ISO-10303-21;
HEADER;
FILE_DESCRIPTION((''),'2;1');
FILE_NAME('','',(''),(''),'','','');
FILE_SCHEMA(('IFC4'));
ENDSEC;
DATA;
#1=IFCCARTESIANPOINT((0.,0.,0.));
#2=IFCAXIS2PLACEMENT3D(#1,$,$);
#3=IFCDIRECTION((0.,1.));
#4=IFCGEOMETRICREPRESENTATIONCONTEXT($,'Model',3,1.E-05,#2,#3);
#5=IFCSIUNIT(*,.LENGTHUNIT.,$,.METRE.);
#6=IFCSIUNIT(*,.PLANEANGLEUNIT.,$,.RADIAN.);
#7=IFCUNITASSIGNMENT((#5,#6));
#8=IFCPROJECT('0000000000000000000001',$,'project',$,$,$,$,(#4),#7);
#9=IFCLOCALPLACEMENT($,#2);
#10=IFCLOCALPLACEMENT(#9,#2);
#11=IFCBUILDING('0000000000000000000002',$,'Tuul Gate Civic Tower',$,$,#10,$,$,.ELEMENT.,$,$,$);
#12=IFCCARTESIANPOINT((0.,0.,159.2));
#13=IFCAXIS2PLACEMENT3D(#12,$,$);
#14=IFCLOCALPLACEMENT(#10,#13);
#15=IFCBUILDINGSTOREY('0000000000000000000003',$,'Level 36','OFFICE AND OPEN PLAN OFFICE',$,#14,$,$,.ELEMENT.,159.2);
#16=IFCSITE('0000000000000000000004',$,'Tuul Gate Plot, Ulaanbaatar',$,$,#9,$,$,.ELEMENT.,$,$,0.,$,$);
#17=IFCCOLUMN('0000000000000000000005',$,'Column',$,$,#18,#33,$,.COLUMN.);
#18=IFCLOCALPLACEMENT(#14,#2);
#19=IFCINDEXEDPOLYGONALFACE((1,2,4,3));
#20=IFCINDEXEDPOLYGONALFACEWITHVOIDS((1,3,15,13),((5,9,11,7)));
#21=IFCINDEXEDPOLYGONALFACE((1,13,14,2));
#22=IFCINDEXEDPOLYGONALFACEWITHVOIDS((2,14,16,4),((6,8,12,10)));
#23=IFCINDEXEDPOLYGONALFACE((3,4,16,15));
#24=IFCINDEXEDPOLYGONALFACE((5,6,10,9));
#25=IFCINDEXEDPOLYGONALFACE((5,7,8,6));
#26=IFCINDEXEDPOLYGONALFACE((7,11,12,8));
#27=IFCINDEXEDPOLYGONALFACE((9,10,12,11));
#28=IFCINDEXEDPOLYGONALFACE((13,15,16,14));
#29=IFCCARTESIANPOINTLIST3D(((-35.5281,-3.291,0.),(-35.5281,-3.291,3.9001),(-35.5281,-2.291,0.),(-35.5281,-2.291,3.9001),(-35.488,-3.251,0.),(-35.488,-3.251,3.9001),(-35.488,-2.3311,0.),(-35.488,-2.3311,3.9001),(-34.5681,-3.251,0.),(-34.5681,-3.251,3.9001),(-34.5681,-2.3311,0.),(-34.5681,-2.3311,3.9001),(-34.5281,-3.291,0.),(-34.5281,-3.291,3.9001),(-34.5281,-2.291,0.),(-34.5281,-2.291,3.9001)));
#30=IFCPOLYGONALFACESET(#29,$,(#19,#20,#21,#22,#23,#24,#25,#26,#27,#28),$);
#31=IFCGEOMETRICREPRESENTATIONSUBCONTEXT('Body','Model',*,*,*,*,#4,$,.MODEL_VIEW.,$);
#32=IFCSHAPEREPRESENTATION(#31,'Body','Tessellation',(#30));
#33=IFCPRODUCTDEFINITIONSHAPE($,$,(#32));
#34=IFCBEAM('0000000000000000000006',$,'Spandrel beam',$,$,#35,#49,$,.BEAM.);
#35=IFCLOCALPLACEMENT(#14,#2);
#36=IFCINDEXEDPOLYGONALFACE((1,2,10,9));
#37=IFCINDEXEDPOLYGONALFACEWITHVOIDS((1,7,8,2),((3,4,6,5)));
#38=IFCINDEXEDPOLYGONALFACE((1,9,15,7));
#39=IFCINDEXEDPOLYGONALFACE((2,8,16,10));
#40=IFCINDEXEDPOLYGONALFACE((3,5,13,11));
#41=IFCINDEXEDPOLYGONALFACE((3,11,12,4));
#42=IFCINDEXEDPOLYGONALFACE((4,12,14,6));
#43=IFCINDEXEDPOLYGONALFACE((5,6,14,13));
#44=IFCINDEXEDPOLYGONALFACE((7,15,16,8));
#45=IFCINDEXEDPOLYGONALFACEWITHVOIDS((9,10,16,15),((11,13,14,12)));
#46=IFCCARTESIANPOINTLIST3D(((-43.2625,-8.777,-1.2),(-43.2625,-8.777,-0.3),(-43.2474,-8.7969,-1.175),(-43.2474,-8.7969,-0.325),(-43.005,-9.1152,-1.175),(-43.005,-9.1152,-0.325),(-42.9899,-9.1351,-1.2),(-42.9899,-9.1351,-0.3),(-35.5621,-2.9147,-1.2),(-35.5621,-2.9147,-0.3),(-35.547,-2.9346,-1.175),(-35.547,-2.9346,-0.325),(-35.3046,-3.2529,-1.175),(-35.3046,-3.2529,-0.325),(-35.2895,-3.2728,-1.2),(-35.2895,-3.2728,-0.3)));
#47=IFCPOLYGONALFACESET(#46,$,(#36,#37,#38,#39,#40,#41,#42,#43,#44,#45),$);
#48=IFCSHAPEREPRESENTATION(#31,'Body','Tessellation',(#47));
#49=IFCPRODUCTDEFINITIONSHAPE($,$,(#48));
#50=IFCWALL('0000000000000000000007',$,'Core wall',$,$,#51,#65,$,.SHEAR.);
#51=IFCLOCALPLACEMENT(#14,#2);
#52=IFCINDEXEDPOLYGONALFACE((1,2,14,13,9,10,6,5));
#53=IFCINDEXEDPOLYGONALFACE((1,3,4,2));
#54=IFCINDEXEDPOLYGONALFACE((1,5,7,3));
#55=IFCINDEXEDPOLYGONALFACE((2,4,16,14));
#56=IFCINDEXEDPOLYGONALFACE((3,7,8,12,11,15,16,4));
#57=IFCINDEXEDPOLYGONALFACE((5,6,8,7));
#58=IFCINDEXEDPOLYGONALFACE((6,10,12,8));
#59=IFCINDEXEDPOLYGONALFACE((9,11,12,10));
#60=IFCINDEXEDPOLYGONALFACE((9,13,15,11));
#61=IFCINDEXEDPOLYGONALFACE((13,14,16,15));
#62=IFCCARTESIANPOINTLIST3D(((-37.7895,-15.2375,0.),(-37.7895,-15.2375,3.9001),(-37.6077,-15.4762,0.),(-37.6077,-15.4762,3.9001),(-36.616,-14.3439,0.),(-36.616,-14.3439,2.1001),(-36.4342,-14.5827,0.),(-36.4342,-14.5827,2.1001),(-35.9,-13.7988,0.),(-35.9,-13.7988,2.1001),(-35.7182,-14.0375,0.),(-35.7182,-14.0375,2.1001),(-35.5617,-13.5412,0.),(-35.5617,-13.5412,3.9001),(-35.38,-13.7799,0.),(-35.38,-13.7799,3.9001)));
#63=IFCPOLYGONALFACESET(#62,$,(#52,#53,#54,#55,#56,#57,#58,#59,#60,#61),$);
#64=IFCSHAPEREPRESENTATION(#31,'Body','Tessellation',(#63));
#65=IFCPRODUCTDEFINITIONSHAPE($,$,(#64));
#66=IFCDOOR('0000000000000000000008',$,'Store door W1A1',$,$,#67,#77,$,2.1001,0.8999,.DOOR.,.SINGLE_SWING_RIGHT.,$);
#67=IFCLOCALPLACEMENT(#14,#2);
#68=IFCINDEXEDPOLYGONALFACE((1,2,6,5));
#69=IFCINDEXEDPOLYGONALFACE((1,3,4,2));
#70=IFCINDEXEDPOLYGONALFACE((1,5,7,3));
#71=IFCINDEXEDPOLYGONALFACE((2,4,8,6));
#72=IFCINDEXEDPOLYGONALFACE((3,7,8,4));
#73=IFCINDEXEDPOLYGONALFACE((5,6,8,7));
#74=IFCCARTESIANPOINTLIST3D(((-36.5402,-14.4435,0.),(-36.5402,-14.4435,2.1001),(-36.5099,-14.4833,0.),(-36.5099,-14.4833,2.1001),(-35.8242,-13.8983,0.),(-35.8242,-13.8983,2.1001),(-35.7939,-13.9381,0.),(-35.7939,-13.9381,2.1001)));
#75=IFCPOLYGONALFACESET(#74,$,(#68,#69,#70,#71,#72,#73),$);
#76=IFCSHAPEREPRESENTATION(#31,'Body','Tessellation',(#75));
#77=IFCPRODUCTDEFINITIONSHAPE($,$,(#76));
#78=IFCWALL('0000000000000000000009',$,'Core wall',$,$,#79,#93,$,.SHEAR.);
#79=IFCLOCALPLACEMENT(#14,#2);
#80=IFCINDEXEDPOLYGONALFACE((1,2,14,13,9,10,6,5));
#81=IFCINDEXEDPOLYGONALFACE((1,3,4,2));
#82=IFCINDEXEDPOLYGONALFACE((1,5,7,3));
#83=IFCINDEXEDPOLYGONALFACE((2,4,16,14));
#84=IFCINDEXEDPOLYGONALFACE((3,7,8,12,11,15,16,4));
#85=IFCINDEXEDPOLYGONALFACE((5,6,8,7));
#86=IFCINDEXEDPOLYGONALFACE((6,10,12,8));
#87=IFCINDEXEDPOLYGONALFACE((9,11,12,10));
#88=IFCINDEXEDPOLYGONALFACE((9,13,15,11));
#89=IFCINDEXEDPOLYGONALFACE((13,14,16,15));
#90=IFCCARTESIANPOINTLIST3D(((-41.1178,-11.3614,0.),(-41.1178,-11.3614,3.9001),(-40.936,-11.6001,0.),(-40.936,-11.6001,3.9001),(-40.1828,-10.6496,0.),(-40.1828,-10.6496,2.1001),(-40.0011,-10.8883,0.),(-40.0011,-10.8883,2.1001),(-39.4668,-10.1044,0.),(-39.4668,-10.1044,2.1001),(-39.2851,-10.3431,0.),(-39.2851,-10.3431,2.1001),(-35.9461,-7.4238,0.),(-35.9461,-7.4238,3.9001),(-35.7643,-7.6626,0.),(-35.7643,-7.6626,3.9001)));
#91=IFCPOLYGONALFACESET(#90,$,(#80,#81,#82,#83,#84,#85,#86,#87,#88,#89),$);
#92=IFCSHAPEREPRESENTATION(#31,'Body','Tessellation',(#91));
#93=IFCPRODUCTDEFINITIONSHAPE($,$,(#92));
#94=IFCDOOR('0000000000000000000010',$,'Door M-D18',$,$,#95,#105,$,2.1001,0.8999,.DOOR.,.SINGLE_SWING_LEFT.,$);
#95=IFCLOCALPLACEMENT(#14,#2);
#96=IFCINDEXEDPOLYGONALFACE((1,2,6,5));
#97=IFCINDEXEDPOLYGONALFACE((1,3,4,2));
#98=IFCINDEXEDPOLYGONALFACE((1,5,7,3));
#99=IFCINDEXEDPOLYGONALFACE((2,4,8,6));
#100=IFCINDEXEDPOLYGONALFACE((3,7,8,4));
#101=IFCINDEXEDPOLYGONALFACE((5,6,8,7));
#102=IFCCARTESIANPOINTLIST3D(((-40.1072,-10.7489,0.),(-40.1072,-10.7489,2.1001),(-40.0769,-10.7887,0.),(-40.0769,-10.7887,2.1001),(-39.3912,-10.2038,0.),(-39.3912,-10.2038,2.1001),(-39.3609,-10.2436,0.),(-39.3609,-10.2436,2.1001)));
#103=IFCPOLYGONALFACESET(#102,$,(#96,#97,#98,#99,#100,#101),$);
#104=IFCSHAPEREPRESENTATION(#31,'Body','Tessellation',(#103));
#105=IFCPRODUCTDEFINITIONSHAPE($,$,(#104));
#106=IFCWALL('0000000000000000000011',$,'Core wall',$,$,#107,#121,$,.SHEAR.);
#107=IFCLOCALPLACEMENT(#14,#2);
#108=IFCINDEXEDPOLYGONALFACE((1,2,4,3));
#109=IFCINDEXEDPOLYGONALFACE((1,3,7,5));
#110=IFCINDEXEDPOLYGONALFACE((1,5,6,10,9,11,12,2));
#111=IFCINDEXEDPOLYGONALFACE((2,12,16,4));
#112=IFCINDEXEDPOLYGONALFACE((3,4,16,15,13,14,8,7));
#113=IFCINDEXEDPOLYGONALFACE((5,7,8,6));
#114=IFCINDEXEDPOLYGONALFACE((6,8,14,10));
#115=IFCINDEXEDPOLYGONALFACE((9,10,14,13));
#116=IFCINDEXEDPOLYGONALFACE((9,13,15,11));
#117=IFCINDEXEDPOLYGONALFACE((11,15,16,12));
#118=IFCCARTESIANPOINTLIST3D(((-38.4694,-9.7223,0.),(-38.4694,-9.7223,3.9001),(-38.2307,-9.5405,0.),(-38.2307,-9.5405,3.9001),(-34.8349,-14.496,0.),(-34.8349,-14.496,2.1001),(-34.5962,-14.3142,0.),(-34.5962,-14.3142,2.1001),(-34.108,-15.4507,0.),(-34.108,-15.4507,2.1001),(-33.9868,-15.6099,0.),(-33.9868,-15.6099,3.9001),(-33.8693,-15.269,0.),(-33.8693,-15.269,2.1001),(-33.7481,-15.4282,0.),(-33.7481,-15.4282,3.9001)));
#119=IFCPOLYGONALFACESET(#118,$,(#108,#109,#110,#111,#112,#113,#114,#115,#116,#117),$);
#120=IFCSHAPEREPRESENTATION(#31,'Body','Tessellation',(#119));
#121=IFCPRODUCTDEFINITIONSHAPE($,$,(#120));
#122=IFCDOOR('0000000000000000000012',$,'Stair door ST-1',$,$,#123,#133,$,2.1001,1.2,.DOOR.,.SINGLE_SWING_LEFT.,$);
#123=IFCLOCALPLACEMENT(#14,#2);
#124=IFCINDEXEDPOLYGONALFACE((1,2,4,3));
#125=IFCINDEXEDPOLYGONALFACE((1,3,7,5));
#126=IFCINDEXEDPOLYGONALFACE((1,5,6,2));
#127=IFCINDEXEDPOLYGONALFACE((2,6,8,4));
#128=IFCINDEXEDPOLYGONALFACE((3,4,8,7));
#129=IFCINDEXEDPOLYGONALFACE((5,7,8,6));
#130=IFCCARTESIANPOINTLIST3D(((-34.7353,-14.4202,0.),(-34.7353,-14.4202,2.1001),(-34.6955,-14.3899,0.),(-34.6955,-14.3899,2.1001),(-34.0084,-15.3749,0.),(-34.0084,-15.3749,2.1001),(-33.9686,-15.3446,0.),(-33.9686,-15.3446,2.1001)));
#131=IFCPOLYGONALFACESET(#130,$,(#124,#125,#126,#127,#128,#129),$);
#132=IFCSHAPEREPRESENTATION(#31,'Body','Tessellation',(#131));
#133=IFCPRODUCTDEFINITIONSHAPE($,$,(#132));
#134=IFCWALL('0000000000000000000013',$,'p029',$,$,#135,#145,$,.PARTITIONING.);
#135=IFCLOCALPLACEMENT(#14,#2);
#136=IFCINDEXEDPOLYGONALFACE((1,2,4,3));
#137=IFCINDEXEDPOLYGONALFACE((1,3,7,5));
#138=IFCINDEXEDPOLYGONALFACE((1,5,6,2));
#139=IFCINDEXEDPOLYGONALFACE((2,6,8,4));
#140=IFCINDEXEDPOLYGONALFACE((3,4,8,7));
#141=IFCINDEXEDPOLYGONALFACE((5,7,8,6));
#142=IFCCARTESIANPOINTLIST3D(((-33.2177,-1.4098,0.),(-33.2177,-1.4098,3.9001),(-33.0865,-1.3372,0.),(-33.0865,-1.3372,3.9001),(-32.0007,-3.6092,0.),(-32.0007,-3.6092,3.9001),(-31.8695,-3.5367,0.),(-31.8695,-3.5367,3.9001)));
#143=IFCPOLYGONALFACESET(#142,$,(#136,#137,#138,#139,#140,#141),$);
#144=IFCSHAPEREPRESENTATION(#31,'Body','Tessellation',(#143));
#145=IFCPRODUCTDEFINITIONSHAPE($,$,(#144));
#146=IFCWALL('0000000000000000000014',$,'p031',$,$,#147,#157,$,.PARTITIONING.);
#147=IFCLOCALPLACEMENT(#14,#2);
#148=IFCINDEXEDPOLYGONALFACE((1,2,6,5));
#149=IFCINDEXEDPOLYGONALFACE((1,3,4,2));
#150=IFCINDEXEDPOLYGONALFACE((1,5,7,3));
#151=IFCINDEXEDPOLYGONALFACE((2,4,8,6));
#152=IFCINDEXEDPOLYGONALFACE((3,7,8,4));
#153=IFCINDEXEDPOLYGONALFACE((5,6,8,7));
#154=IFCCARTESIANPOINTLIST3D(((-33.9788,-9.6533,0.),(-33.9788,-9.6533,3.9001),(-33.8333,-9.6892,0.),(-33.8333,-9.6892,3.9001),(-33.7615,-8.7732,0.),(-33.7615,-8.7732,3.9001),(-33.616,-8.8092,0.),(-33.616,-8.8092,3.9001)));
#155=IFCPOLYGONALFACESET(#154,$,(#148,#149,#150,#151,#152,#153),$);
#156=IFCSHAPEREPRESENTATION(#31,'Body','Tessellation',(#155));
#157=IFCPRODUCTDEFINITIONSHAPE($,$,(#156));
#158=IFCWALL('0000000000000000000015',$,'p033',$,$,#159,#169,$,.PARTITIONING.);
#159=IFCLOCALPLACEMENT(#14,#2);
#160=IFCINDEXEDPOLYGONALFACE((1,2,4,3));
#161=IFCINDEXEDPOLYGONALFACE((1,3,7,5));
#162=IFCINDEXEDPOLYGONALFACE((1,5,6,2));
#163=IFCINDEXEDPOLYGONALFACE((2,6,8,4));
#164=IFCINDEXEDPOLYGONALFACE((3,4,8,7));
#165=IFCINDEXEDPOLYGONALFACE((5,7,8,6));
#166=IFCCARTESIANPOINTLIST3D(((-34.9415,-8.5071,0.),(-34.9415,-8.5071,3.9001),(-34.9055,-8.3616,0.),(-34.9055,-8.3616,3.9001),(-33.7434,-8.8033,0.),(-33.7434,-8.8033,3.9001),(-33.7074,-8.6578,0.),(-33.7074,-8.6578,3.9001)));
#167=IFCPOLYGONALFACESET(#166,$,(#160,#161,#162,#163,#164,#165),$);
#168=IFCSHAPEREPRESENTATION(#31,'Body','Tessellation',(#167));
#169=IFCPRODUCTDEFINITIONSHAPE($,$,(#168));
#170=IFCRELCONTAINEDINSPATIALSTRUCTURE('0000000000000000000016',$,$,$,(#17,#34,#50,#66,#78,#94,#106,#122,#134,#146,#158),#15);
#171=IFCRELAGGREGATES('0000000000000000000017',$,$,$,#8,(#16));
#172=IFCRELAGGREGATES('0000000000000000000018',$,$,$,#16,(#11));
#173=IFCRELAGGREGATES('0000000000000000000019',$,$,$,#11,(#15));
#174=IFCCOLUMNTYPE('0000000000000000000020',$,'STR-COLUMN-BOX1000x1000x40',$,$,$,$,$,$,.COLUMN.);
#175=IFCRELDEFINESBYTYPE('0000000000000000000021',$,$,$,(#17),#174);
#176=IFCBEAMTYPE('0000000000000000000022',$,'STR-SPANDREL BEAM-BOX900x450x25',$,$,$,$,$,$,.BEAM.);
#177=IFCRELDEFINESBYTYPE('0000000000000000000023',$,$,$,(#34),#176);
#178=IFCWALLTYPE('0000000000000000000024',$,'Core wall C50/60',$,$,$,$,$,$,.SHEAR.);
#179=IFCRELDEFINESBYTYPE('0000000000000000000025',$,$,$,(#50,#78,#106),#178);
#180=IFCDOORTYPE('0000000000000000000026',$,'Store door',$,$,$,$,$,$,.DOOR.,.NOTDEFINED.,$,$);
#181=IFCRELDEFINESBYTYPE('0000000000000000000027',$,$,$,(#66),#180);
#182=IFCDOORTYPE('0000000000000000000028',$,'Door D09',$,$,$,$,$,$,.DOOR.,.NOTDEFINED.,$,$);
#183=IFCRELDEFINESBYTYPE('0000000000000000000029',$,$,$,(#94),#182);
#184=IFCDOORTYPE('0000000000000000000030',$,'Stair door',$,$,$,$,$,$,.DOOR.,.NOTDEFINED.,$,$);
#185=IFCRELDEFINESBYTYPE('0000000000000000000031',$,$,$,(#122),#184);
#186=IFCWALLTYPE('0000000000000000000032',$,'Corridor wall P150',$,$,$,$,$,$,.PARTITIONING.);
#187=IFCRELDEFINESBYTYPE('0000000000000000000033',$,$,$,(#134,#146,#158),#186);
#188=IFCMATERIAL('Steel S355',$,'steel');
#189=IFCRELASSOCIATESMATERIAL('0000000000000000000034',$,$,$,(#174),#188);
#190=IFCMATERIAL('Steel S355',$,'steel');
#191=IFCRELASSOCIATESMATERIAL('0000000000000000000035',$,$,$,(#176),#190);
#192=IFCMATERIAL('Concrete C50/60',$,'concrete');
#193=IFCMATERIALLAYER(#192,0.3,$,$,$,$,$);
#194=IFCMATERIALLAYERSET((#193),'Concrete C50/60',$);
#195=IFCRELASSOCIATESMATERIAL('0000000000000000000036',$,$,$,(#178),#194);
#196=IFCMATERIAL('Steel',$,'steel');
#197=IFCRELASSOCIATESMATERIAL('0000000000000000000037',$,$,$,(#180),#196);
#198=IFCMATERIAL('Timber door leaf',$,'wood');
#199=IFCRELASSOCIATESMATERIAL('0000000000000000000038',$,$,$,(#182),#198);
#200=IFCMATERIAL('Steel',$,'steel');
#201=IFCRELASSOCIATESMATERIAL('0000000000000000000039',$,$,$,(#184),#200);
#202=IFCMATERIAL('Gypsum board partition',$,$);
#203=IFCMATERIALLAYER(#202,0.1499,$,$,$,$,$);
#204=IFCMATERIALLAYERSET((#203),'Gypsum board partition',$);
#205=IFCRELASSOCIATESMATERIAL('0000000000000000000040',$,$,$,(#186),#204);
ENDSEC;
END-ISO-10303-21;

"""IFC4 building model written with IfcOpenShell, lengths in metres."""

from ifc_helpers import new_model, si_unit, direction, frame, frame_2d, origin, origin_2d, place, context, subcontext, project, spatial, rectangle, hollow_rectangle, extrude, material, layer, layer_set, material_profile, profile_set, type_object, element, fill, save


model = new_model("IFC4")

# Units and contexts
model_context = context("Model", 3, precision=1e-05, world=origin(), true_north=direction((0.0, 1.0)))
body_context = subcontext(model_context, "Body", "Model", "MODEL_VIEW")
ifc_project = project(units=[si_unit("LENGTHUNIT", "METRE"), si_unit("PLANEANGLEUNIT", "RADIAN")], contexts=[model_context])

# Site, building, storey
site_placement = place(None, origin())
site = spatial("IfcSite", under=ifc_project, at=site_placement, Name="Tuul Gate Plot, Ulaanbaatar", CompositionType="ELEMENT", RefElevation=0.0)
building_placement = place(site_placement, origin())
building = spatial("IfcBuilding", under=site, at=building_placement, Name="Tuul Gate Civic Tower", CompositionType="ELEMENT")
storey_placement = place(building_placement, frame((0.0, 0.0, 159.2)))
storey = spatial("IfcBuildingStorey", under=building, at=storey_placement, Name="Level 36", Description="OFFICE AND OPEN PLAN OFFICE", CompositionType="ELEMENT", Elevation=159.2)

# Column
ifc_material_1 = material(Name="Steel S355", Category="steel")
ifc_material_profile_1 = material_profile(ifc_material_1, hollow_rectangle(XDim=1.0, YDim=1.0, WallThickness=0.04, at=origin_2d()), Name="BOX1000x1000x40")
ifc_profile_set_1 = profile_set([ifc_material_profile_1], Name="Steel S355")
column_type = type_object("IfcColumnType", Name="STR-COLUMN-BOX1000x1000x40", PredefinedType="COLUMN", material=ifc_profile_set_1)
column_placement = place(storey_placement, frame((-35.0281, -2.791, 0.0), z_axis=(0.0, 0.0, 1.0), x_axis=(1.0, 0.0, 0.0)))
element("IfcColumn", 1, at=column_placement, inside=storey, type_object=column_type, Name="Column", PredefinedType="COLUMN", context=body_context, shape_type="SweptSolid", body=[
    extrude(hollow_rectangle(XDim=1.0, YDim=1.0, WallThickness=0.04, at=origin_2d()), origin(), (0.0, 0.0, 1.0), 3.9001),
])

# Beam
ifc_material_2 = material(Name="Steel S355", Category="steel")
ifc_material_profile_2 = material_profile(ifc_material_2, hollow_rectangle(XDim=0.45, YDim=0.8999, WallThickness=0.0249, at=origin_2d()), Name="BOX900x450x25")
ifc_profile_set_2 = profile_set([ifc_material_profile_2], Name="Steel S355")
beam_type = type_object("IfcBeamType", Name="STR-SPANDREL BEAM-BOX900x450x25", PredefinedType="BEAM", material=ifc_profile_set_2)
beam_placement = place(storey_placement, frame((-35.4258, -3.0938, -0.75), z_axis=(-0.795666, -0.605736, 0.0), x_axis=(0.605736, -0.795666, 0.0)))
element("IfcBeam", 2, at=beam_placement, inside=storey, type_object=beam_type, Name="Spandrel beam", PredefinedType="BEAM", context=body_context, shape_type="SweptSolid", body=[
    extrude(hollow_rectangle(XDim=0.45, YDim=0.8999, WallThickness=0.0249, at=origin_2d()), origin(), (0.0, 0.0, 1.0), 9.678),
])

# Walls, openings, doors
ifc_material_3 = material(Name="Concrete C50/60", Category="concrete")
ifc_layer_1 = layer(ifc_material_3, 0.3)
ifc_layer_set_1 = layer_set([ifc_layer_1], Name="Concrete C50/60")
wall_type_1 = type_object("IfcWallType", Name="Core wall C50/60", PredefinedType="SHEAR", material=ifc_layer_set_1)
wall_1_placement = place(storey_placement, frame((-35.4709, -13.6606, 0.0), z_axis=(0.0, 0.0, 1.0), x_axis=(-0.795616, -0.605802, 0.0)))
wall_1 = element("IfcWall", 3, at=wall_1_placement, inside=storey, type_object=wall_type_1, Name="Core wall", PredefinedType="SHEAR", context=body_context, shape_type="SweptSolid", body=[
    extrude(rectangle(XDim=2.8, YDim=0.3, at=frame_2d((1.3999, 0.0))), origin(), (0.0, 0.0, 1.0), 3.9001),
])
opening_1_placement = place(wall_1_placement, frame((0.425, 0.0, 0.0)))
opening_1 = element("IfcOpeningElement", 4, at=opening_1_placement, cuts=wall_1, PredefinedType="OPENING", context=body_context, shape_type="SweptSolid", body=[
    extrude(rectangle(XDim=0.8999, YDim=2.1001, at=frame_2d((0.45, 1.05))), frame((0.0, 0.1602, 0.0), z_axis=(0.0, -1.0, 0.0), x_axis=(1.0, 0.0, 0.0)), (0.0, 0.0, 1.0), 0.3201),
])
ifc_material_4 = material(Name="Steel", Category="steel")
door_type_1 = type_object("IfcDoorType", Name="Store door", OperationType="NOTDEFINED", PredefinedType="DOOR", material=ifc_material_4)
door_1_placement = place(opening_1_placement, frame((0.8999, 0.0, 0.0), z_axis=(0.0, 0.0, 1.0), x_axis=(-1.0, 0.0, 0.0)))
door_1 = element("IfcDoor", 5, at=door_1_placement, inside=storey, type_object=door_type_1, Name="Store door W1A1", OperationType="SINGLE_SWING_RIGHT", OverallHeight=2.1001, OverallWidth=0.8999, PredefinedType="DOOR", context=body_context, shape_type="SweptSolid", body=[
    extrude(rectangle(XDim=0.8999, YDim=2.1001, at=frame_2d((0.45, 1.05))), frame((0.0, 0.0249, 0.0), z_axis=(0.0, -1.0, 0.0), x_axis=(1.0, 0.0, 0.0)), (0.0, 0.0, 1.0), 0.05),
])
fill(opening_1, door_1)
wall_2_placement = place(storey_placement, frame((-35.8552, -7.5432, 0.0), z_axis=(0.0, 0.0, 1.0), x_axis=(-0.795639, -0.605772, 0.0)))
wall_2 = element("IfcWall", 6, at=wall_2_placement, inside=storey, type_object=wall_type_1, Name="Core wall", PredefinedType="SHEAR", context=body_context, shape_type="SweptSolid", body=[
    extrude(rectangle(XDim=6.5, YDim=0.3, at=frame_2d((3.25, 0.0))), origin(), (0.0, 0.0, 1.0), 3.9001),
])
opening_2_placement = place(wall_2_placement, frame((4.425, 0.0, 0.0)))
opening_2 = element("IfcOpeningElement", 7, at=opening_2_placement, cuts=wall_2, PredefinedType="OPENING", context=body_context, shape_type="SweptSolid", body=[
    extrude(rectangle(XDim=0.8999, YDim=2.1001, at=frame_2d((0.45, 1.05))), frame((0.0, 0.1602, 0.0), z_axis=(0.0, -1.0, 0.0), x_axis=(1.0, 0.0, 0.0)), (0.0, 0.0, 1.0), 0.3201),
])
ifc_material_5 = material(Name="Timber door leaf", Category="wood")
door_type_2 = type_object("IfcDoorType", Name="Door D09", OperationType="NOTDEFINED", PredefinedType="DOOR", material=ifc_material_5)
door_2_placement = place(opening_2_placement, origin())
door_2 = element("IfcDoor", 8, at=door_2_placement, inside=storey, type_object=door_type_2, Name="Door M-D18", OperationType="SINGLE_SWING_LEFT", OverallHeight=2.1001, OverallWidth=0.8999, PredefinedType="DOOR", context=body_context, shape_type="SweptSolid", body=[
    extrude(rectangle(XDim=0.8999, YDim=2.1001, at=frame_2d((0.45, 1.05))), frame((0.0, 0.0249, 0.0), z_axis=(0.0, -1.0, 0.0), x_axis=(1.0, 0.0, 0.0)), (0.0, 0.0, 1.0), 0.05),
])
fill(opening_2, door_2)
wall_3_placement = place(storey_placement, frame((-33.8674, -15.519, 0.0), z_axis=(0.0, 0.0, 1.0), x_axis=(-0.60577, 0.79564, 0.0)))
wall_3 = element("IfcWall", 9, at=wall_3_placement, inside=storey, type_object=wall_type_1, Name="Core wall", PredefinedType="SHEAR", context=body_context, shape_type="SweptSolid", body=[
    extrude(rectangle(XDim=7.3999, YDim=0.3, at=frame_2d((3.7, 0.0))), origin(), (0.0, 0.0, 1.0), 3.9001),
])
opening_3_placement = place(wall_3_placement, frame((0.2, 0.0, 0.0)))
opening_3 = element("IfcOpeningElement", 10, at=opening_3_placement, cuts=wall_3, PredefinedType="OPENING", context=body_context, shape_type="SweptSolid", body=[
    extrude(rectangle(XDim=1.2, YDim=2.1001, at=frame_2d((0.6001, 1.05))), frame((0.0, 0.1602, 0.0), z_axis=(0.0, -1.0, 0.0), x_axis=(1.0, 0.0, 0.0)), (0.0, 0.0, 1.0), 0.3201),
])
ifc_material_6 = material(Name="Steel", Category="steel")
door_type_3 = type_object("IfcDoorType", Name="Stair door", OperationType="NOTDEFINED", PredefinedType="DOOR", material=ifc_material_6)
door_3_placement = place(opening_3_placement, origin())
door_3 = element("IfcDoor", 11, at=door_3_placement, inside=storey, type_object=door_type_3, Name="Stair door ST-1", OperationType="SINGLE_SWING_LEFT", OverallHeight=2.1001, OverallWidth=1.2, PredefinedType="DOOR", context=body_context, shape_type="SweptSolid", body=[
    extrude(rectangle(XDim=1.2, YDim=2.1001, at=frame_2d((0.6001, 1.05))), frame((0.0, 0.0249, 0.0), z_axis=(0.0, -1.0, 0.0), x_axis=(1.0, 0.0, 0.0)), (0.0, 0.0, 1.0), 0.05),
])
fill(opening_3, door_3)

# Walls
ifc_material_7 = material(Name="Gypsum board partition")
ifc_layer_2 = layer(ifc_material_7, 0.1499)
ifc_layer_set_2 = layer_set([ifc_layer_2], Name="Gypsum board partition")
wall_type_2 = type_object("IfcWallType", Name="Corridor wall P150", PredefinedType="PARTITIONING", material=ifc_layer_set_2)
wall_4_placement = place(storey_placement, frame((-33.1521, -1.3735, 0.0), z_axis=(0.0, 0.0, 1.0), x_axis=(0.484158, -0.874981, 0.0)))
element("IfcWall", 12, at=wall_4_placement, inside=storey, type_object=wall_type_2, Name="p029", PredefinedType="PARTITIONING", context=body_context, shape_type="SweptSolid", body=[
    extrude(rectangle(XDim=2.5137, YDim=0.1499, at=frame_2d((1.2568, 0.0))), origin(), (0.0, 0.0, 1.0), 3.9001),
])
wall_5_placement = place(storey_placement, frame((-33.906, -9.6711, 0.0), z_axis=(0.0, 0.0, 1.0), x_axis=(0.239683, 0.970851, 0.0)))
element("IfcWall", 13, at=wall_5_placement, inside=storey, type_object=wall_type_2, Name="p031", PredefinedType="PARTITIONING", context=body_context, shape_type="SweptSolid", body=[
    extrude(rectangle(XDim=0.9065, YDim=0.1499, at=frame_2d((0.4531, 0.0))), origin(), (0.0, 0.0, 1.0), 3.9001),
])
wall_6_placement = place(storey_placement, frame((-34.9236, -8.4343, 0.0), z_axis=(0.0, 0.0, 1.0), x_axis=(0.970779, -0.239975, 0.0)))
element("IfcWall", 14, at=wall_6_placement, inside=storey, type_object=wall_type_2, Name="p033", PredefinedType="PARTITIONING", context=body_context, shape_type="SweptSolid", body=[
    extrude(rectangle(XDim=1.2341, YDim=0.1499, at=frame_2d((0.6172, 0.0))), origin(), (0.0, 0.0, 1.0), 3.9001),
])

save(model, "model.ifc")
